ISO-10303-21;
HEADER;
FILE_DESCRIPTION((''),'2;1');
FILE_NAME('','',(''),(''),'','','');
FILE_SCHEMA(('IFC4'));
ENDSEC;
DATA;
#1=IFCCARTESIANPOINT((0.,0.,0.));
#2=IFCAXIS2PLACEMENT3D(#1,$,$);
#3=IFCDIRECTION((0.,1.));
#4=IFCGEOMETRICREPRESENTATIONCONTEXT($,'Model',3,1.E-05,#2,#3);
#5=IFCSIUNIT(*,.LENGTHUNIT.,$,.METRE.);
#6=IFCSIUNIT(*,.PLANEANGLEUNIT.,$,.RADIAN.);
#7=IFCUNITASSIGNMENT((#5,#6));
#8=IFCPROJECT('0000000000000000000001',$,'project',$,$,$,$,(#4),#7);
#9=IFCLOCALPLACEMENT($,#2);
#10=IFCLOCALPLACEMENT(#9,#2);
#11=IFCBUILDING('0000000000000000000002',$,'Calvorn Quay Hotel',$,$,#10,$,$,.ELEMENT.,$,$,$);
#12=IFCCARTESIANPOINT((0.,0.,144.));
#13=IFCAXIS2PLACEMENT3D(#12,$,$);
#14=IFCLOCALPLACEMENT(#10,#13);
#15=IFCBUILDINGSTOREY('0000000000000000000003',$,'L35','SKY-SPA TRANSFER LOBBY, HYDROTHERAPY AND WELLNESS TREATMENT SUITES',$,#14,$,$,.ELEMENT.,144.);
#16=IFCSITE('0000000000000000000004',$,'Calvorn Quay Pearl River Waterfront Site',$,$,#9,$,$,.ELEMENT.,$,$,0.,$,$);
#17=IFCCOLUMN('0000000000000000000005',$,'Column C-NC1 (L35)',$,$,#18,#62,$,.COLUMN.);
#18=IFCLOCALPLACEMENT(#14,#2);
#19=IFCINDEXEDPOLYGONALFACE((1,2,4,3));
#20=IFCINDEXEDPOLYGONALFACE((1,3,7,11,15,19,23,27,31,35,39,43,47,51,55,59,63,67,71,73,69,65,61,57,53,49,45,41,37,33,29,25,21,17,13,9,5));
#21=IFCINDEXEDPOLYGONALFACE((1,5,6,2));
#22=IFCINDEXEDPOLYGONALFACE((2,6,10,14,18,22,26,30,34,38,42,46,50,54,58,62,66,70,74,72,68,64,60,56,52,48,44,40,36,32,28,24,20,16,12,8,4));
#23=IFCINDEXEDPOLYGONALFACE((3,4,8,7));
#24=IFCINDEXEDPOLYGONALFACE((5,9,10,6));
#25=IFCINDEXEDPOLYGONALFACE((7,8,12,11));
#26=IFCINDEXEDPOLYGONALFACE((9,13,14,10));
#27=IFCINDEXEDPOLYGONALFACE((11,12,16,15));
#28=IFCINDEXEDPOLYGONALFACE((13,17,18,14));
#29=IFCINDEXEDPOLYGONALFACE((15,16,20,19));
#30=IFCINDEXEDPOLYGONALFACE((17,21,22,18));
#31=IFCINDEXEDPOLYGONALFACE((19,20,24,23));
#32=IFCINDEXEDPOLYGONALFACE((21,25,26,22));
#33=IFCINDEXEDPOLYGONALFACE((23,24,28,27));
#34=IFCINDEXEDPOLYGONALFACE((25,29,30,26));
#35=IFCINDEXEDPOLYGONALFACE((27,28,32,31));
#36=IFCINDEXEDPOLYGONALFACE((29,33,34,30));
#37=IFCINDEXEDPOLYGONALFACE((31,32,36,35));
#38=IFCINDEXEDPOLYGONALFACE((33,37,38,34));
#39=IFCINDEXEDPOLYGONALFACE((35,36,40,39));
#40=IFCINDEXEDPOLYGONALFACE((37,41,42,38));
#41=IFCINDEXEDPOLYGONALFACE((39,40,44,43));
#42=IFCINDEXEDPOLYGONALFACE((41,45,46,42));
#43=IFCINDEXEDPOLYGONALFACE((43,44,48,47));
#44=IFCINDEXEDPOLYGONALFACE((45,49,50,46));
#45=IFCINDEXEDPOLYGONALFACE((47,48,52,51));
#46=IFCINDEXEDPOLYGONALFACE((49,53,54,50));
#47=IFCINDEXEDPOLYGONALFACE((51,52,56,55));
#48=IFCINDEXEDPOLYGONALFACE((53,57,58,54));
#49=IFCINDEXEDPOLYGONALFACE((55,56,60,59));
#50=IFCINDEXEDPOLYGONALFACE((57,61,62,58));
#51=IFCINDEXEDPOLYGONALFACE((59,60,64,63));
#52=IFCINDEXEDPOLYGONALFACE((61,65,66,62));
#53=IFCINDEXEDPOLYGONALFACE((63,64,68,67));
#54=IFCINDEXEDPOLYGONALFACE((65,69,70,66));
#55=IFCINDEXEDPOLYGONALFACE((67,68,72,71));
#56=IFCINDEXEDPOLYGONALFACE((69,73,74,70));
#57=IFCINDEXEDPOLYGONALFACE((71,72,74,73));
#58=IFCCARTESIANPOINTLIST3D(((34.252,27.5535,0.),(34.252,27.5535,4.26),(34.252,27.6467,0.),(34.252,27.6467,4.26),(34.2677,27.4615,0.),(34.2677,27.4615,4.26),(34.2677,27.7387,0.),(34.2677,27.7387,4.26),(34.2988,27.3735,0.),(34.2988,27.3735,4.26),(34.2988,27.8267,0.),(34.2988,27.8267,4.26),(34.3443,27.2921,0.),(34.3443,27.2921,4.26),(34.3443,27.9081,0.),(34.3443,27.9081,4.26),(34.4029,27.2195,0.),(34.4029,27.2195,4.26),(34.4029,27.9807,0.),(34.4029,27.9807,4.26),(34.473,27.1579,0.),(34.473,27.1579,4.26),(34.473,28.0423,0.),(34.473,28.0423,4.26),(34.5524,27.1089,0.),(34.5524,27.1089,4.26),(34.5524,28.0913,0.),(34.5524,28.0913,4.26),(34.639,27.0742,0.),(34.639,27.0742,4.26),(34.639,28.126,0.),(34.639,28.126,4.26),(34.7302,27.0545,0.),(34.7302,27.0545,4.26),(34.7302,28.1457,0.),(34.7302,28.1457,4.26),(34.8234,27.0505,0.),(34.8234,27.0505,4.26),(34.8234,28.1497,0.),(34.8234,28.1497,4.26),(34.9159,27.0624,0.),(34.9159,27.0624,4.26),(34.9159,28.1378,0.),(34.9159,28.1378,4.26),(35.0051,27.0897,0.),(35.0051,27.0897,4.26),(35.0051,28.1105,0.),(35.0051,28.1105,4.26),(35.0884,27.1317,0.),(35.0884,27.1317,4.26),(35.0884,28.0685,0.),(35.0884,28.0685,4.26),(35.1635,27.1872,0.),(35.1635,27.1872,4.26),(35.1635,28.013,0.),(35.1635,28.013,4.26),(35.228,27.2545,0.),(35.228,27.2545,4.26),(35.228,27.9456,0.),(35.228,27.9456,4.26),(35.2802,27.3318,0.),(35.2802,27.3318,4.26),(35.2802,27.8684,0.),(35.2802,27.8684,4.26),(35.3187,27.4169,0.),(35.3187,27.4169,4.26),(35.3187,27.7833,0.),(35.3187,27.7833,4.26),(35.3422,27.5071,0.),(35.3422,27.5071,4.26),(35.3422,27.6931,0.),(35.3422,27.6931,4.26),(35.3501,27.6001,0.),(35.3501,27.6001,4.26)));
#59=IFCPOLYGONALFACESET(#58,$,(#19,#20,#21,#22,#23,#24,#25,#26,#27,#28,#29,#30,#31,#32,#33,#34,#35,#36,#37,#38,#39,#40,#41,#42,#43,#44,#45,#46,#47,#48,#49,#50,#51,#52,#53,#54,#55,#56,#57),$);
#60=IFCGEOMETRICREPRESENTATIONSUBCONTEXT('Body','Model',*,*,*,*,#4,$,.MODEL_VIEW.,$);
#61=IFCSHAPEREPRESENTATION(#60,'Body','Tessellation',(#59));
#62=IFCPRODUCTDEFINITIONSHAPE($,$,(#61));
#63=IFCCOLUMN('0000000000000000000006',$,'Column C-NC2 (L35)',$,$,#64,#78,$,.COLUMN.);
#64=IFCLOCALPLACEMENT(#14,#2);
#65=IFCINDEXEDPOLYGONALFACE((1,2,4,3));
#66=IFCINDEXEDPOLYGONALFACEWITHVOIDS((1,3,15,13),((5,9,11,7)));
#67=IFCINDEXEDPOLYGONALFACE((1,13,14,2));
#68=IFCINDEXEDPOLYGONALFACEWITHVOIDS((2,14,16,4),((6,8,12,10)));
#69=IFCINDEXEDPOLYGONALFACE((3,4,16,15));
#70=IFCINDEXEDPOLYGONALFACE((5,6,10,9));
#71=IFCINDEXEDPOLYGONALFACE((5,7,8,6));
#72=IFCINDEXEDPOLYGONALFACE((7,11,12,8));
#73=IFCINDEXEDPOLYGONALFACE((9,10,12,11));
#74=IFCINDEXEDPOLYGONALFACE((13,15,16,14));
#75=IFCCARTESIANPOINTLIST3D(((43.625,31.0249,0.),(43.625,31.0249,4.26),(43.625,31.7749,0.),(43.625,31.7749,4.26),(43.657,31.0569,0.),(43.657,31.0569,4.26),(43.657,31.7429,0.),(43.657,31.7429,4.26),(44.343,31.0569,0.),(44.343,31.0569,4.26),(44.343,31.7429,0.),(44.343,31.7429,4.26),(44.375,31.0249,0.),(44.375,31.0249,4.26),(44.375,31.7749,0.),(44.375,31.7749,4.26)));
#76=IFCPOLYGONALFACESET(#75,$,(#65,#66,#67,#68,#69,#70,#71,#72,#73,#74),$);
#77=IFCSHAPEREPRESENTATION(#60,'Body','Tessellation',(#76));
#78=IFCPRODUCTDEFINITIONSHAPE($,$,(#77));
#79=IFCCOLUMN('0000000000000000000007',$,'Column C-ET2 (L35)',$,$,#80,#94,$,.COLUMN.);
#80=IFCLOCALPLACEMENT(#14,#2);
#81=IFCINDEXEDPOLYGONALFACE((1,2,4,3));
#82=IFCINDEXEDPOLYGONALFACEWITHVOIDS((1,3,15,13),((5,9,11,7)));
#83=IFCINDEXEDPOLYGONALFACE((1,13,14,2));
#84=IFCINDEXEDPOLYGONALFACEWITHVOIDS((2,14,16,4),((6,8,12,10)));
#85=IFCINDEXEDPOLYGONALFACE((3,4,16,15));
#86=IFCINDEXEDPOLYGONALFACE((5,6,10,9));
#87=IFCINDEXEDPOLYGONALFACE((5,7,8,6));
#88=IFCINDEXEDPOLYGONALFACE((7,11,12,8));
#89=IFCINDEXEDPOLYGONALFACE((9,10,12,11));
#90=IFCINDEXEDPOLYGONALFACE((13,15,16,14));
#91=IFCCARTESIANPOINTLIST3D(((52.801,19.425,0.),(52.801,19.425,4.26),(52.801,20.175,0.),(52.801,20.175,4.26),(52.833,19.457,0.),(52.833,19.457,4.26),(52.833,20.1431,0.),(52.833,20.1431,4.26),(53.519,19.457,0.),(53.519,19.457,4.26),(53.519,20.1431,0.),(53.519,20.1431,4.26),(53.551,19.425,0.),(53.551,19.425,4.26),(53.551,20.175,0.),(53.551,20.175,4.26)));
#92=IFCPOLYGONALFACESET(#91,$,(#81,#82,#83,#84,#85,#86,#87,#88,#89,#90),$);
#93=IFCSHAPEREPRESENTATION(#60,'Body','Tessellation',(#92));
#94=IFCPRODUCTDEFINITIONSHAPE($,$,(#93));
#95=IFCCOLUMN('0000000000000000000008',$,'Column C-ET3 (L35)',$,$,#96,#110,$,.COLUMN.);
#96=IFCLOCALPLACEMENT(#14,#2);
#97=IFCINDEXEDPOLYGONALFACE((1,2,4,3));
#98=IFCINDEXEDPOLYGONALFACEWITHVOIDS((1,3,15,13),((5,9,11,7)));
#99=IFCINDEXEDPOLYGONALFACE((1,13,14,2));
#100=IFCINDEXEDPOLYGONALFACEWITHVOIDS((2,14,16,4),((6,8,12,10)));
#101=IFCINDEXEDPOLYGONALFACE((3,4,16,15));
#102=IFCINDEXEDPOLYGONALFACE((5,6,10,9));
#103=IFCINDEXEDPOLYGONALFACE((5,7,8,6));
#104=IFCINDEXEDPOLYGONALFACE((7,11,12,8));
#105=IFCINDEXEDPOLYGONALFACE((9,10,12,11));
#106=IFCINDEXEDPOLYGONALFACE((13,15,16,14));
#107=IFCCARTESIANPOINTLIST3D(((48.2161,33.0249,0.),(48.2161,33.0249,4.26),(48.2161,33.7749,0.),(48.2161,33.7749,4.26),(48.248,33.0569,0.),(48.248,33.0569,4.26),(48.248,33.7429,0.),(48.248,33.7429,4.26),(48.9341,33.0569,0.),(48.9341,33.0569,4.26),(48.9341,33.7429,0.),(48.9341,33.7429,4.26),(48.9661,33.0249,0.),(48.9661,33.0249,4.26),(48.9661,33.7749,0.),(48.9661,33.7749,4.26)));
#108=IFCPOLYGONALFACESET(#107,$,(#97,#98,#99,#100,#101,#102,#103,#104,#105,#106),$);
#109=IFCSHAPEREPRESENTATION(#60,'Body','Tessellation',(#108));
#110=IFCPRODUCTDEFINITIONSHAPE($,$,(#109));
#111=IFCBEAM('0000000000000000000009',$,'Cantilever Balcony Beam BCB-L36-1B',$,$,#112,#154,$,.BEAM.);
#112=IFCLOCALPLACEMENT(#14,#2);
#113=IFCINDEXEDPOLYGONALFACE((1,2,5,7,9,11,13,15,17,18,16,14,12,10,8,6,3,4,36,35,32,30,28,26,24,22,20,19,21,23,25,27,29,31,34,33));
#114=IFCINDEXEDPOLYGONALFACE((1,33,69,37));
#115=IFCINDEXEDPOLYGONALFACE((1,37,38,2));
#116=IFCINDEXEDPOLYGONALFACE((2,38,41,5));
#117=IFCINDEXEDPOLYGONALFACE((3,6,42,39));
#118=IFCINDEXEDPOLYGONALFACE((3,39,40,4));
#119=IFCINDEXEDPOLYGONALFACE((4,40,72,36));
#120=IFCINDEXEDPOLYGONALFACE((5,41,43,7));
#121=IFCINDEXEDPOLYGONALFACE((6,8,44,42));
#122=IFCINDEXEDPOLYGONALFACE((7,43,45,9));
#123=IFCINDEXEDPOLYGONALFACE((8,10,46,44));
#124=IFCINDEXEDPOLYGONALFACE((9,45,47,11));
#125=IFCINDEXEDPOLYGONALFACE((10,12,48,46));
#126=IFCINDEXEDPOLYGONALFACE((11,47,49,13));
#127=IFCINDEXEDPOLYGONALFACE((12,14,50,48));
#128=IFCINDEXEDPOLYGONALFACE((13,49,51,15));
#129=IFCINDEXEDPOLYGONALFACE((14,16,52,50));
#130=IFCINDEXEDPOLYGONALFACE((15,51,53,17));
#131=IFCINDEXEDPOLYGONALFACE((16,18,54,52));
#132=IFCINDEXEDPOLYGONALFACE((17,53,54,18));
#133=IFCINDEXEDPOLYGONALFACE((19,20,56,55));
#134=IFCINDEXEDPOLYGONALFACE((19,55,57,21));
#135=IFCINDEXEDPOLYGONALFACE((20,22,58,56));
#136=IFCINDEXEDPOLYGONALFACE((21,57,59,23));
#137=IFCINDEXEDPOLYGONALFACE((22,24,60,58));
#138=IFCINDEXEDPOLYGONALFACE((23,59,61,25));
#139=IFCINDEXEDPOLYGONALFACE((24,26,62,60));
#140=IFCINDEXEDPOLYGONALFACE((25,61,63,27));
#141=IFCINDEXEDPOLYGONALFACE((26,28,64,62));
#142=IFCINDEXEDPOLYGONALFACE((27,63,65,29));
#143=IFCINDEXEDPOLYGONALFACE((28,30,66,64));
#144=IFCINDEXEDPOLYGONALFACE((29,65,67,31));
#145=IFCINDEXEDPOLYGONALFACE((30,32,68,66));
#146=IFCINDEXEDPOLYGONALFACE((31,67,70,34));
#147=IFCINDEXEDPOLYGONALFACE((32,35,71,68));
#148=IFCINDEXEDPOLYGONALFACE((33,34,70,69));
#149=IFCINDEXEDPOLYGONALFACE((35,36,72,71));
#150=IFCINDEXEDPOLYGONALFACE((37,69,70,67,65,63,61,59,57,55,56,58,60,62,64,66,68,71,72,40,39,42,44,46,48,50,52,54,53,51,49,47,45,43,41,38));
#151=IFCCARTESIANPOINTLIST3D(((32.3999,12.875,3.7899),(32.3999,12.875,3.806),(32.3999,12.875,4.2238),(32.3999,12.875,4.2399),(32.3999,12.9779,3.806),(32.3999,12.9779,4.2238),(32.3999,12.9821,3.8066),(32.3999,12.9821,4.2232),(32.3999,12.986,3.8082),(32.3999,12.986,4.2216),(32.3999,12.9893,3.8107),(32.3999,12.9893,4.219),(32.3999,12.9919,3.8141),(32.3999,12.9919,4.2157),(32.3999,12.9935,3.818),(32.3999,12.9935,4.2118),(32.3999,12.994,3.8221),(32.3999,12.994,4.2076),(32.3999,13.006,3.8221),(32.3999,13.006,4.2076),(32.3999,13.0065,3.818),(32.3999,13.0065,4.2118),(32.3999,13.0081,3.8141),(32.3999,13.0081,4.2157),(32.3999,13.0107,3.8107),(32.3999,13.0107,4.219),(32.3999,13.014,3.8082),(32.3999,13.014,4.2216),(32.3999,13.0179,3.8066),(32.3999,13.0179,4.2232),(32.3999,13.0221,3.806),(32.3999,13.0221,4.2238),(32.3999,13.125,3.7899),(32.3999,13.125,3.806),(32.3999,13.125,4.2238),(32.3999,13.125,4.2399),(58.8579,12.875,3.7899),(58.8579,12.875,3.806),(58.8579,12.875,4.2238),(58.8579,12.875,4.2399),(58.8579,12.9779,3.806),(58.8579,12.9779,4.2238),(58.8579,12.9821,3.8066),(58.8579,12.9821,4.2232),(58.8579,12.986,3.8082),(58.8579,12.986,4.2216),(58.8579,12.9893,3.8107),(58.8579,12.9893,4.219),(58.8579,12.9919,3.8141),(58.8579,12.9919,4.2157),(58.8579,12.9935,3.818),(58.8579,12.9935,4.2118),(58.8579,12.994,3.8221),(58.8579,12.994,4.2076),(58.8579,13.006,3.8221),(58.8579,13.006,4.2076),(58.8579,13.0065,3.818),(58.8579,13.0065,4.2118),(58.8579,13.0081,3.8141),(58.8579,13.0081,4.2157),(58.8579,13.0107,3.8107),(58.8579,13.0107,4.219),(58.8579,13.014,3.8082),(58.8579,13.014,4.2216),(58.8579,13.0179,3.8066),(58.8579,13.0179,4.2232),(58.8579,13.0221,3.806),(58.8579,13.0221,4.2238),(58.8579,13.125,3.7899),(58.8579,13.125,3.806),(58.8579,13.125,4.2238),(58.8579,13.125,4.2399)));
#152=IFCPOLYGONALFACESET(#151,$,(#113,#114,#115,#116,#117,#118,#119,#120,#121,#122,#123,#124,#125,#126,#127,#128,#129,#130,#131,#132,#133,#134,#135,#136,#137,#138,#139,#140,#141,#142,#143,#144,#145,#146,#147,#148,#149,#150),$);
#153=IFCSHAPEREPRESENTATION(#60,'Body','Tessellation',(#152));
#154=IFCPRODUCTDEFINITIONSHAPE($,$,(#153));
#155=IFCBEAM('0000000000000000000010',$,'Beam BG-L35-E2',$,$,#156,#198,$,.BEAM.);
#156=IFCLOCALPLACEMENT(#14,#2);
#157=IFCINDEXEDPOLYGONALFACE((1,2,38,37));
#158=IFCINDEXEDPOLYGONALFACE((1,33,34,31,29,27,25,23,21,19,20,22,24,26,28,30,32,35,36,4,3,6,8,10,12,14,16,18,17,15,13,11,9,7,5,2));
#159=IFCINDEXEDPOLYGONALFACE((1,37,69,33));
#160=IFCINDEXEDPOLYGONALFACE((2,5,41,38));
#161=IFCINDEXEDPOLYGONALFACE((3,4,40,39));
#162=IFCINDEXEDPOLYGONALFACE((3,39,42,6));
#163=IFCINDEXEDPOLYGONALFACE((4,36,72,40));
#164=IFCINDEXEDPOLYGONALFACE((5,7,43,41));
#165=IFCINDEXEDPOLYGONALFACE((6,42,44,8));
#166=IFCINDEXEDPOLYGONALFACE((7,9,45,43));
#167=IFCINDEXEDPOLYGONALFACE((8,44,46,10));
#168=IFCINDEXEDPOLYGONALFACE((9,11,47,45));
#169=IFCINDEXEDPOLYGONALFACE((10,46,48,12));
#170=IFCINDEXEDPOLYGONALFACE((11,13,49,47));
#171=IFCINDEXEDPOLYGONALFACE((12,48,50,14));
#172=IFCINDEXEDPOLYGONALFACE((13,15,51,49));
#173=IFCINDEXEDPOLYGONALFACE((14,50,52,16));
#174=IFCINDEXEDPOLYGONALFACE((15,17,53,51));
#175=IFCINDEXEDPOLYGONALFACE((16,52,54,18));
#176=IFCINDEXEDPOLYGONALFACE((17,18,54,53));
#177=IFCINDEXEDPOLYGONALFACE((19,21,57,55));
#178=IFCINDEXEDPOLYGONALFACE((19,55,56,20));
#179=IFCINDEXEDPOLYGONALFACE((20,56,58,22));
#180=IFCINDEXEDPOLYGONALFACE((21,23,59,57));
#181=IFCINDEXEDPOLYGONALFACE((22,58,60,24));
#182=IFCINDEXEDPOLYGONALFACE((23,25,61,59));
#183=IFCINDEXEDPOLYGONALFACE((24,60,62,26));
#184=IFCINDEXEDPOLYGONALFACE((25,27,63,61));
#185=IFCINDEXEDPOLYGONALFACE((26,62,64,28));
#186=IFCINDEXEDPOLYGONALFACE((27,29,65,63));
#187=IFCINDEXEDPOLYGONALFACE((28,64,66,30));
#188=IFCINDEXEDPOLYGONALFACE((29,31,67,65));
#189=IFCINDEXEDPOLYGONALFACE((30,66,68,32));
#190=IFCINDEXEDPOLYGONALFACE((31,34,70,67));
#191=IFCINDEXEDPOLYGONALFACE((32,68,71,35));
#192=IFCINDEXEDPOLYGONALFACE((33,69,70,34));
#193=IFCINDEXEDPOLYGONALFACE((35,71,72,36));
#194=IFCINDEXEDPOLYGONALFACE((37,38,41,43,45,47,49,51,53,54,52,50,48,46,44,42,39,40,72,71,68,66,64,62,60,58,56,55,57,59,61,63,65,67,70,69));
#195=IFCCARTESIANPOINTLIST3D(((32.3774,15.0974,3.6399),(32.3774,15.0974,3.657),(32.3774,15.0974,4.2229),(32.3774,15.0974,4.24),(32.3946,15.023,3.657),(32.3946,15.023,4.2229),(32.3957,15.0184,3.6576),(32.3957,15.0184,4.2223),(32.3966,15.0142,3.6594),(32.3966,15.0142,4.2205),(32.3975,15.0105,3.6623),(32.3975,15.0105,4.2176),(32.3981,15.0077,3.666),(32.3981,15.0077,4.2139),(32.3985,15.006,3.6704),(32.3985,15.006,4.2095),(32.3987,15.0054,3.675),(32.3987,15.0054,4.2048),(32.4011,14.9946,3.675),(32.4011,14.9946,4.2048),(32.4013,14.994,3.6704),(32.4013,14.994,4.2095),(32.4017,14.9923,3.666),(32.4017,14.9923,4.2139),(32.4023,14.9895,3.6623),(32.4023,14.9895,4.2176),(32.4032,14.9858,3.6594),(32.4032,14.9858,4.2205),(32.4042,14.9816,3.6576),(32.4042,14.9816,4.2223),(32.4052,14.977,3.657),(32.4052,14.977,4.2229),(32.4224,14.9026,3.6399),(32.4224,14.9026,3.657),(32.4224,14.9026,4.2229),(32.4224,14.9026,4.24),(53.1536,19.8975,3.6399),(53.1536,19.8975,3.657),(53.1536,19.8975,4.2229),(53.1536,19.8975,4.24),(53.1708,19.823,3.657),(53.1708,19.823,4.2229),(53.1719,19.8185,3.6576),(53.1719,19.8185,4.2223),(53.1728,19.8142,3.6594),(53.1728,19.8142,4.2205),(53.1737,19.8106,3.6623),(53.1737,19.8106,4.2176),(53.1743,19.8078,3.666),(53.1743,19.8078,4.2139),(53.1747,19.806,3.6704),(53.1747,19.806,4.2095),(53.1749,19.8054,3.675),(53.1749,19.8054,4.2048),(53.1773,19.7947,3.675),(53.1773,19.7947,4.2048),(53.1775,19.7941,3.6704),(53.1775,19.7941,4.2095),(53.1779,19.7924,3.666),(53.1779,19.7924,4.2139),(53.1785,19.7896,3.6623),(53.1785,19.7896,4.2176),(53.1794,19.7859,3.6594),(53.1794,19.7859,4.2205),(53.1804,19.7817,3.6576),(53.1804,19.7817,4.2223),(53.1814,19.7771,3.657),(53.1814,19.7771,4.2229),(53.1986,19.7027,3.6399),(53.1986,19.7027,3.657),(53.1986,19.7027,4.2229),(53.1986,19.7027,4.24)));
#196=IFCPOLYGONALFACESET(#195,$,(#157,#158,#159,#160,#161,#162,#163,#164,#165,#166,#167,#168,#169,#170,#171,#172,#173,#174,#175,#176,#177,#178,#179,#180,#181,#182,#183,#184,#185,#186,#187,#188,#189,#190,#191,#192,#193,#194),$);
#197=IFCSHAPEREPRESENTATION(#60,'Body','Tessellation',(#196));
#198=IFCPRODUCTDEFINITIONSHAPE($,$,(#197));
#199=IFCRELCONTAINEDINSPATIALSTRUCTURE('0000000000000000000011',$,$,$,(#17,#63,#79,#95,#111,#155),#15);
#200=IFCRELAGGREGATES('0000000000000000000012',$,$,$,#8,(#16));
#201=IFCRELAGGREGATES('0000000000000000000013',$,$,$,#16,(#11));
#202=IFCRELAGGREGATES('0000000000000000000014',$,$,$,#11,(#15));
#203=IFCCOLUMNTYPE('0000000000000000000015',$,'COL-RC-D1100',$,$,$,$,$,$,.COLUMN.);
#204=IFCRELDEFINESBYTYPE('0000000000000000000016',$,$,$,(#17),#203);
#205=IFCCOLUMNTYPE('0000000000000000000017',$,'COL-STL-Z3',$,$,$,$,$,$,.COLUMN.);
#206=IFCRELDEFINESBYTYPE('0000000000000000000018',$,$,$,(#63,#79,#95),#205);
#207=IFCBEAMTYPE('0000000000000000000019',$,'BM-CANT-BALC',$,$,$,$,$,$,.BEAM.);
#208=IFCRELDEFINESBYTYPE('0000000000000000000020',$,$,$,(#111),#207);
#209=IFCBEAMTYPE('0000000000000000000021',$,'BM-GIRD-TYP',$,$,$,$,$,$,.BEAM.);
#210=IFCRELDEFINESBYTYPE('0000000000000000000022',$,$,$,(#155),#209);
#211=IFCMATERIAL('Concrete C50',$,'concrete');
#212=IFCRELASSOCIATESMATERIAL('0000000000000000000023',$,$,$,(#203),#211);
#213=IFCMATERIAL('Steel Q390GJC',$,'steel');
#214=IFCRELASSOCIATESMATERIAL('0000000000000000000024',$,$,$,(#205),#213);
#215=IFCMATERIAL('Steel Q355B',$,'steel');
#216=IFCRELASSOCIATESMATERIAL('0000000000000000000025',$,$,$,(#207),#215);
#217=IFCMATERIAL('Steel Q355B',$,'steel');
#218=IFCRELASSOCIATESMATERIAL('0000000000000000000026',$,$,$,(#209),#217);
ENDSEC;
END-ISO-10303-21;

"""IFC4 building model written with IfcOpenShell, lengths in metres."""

from ifc_helpers import new_model, si_unit, direction, frame, origin, origin_2d, place, context, subcontext, project, spatial, hollow_rectangle, circle, i_section, extrude, material, material_profile, profile_set, type_object, element, save


model = new_model("IFC4")

# Units and contexts
model_context = context("Model", 3, precision=1e-05, world=origin(), true_north=direction((0.0, 1.0)))
body_context = subcontext(model_context, "Body", "Model", "MODEL_VIEW")
ifc_project = project(units=[si_unit("LENGTHUNIT", "METRE"), si_unit("PLANEANGLEUNIT", "RADIAN")], contexts=[model_context])

# Site, building, storey
site_placement = place(None, origin())
site = spatial("IfcSite", under=ifc_project, at=site_placement, Name="Calvorn Quay Pearl River Waterfront Site", CompositionType="ELEMENT", RefElevation=0.0)
building_placement = place(site_placement, origin())
building = spatial("IfcBuilding", under=site, at=building_placement, Name="Calvorn Quay Hotel", CompositionType="ELEMENT")
storey_placement = place(building_placement, frame((0.0, 0.0, 144.0)))
storey = spatial("IfcBuildingStorey", under=building, at=storey_placement, Name="L35", Description="SKY-SPA TRANSFER LOBBY, HYDROTHERAPY AND WELLNESS TREATMENT SUITES", CompositionType="ELEMENT", Elevation=144.0)

# Columns
ifc_material_1 = material(Name="Concrete C50", Category="concrete")
ifc_material_profile_1 = material_profile(ifc_material_1, circle(Radius=0.55, at=origin_2d()), Name="RCD1100")
ifc_profile_set_1 = profile_set([ifc_material_profile_1], Name="Concrete C50")
column_type_1 = type_object("IfcColumnType", Name="COL-RC-D1100", PredefinedType="COLUMN", material=ifc_profile_set_1)
column_placement = place(storey_placement, frame((34.8, 27.6001, 0.0), z_axis=(0.0, 0.0, 1.0), x_axis=(1.0, 0.0, 0.0)))
element("IfcColumn", 1, at=column_placement, inside=storey, type_object=column_type_1, Name="Column C-NC1 (L35)", PredefinedType="COLUMN", context=body_context, shape_type="SweptSolid", body=[
    extrude(circle(Radius=0.55, at=origin_2d()), origin(), (0.0, 0.0, 1.0), 4.26),
])
ifc_material_2 = material(Name="Steel Q390GJC", Category="steel")
ifc_material_profile_2 = material_profile(ifc_material_2, hollow_rectangle(XDim=0.75, YDim=0.75, WallThickness=0.032, at=origin_2d()), Name="BOX750x750x32")
ifc_profile_set_2 = profile_set([ifc_material_profile_2], Name="Steel Q390GJC")
column_type_2 = type_object("IfcColumnType", Name="COL-STL-Z3", PredefinedType="COLUMN", material=ifc_profile_set_2)
for number, where, z_axis, x_axis, name in (
    (2, (44.0, 31.3999, 0.0), (0.0, 0.0, 1.0), (1.0, 0.0, 0.0), "Column C-NC2 (L35)"),
    (3, (53.176, 19.8, 0.0), (0.0, 0.0, 1.0), (1.0, 0.0, 0.0), "Column C-ET2 (L35)"),
    (4, (48.5911, 33.3999, 0.0), (0.0, 0.0, 1.0), (1.0, 0.0, 0.0), "Column C-ET3 (L35)"),
):
    element("IfcColumn", number, at=place(storey_placement, frame(where, z_axis=z_axis, x_axis=x_axis)), inside=storey, type_object=column_type_2, Name=name, PredefinedType="COLUMN", context=body_context, shape_type="SweptSolid", body=[
        extrude(hollow_rectangle(XDim=0.75, YDim=0.75, WallThickness=0.032, at=origin_2d()), origin(), (0.0, 0.0, 1.0), 4.26),
    ])

# Beams
ifc_material_3 = material(Name="Steel Q355B", Category="steel")
ifc_material_profile_3 = material_profile(ifc_material_3, i_section(OverallWidth=0.25, OverallDepth=0.45, WebThickness=0.012, FlangeThickness=0.0161, FilletRadius=0.0161, at=origin_2d()), Name="HN450x250x12x16")
ifc_profile_set_3 = profile_set([ifc_material_profile_3], Name="Steel Q355B")
beam_type_1 = type_object("IfcBeamType", Name="BM-CANT-BALC", PredefinedType="BEAM", material=ifc_profile_set_3)
beam_1_placement = place(storey_placement, frame((32.3999, 13.0, 4.0149), z_axis=(1.0, 0.0, 0.0), x_axis=(0.0, 1.0, 0.0)))
element("IfcBeam", 5, at=beam_1_placement, inside=storey, type_object=beam_type_1, Name="Cantilever Balcony Beam BCB-L36-1B", PredefinedType="BEAM", context=body_context, shape_type="SweptSolid", body=[
    extrude(i_section(OverallWidth=0.25, OverallDepth=0.45, WebThickness=0.012, FlangeThickness=0.0161, FilletRadius=0.0161, at=origin_2d()), origin(), (0.0, 0.0, 1.0), 26.458),
])
ifc_material_4 = material(Name="Steel Q355B", Category="steel")
ifc_material_profile_4 = material_profile(ifc_material_4, i_section(OverallWidth=0.2, OverallDepth=0.6001, WebThickness=0.011, FlangeThickness=0.0171, FilletRadius=0.0181, at=origin_2d()), Name="HN600x200x11x17")
ifc_profile_set_4 = profile_set([ifc_material_profile_4], Name="Steel Q355B")
beam_type_2 = type_object("IfcBeamType", Name="BM-GIRD-TYP", PredefinedType="BEAM", material=ifc_profile_set_4)
beam_2_placement = place(storey_placement, frame((32.3999, 15.0, 3.9399), z_axis=(0.974334, 0.225107, 0.0), x_axis=(-0.225107, 0.974334, 0.0)))
element("IfcBeam", 6, at=beam_2_placement, inside=storey, type_object=beam_type_2, Name="Beam BG-L35-E2", PredefinedType="BEAM", context=body_context, shape_type="SweptSolid", body=[
    extrude(i_section(OverallWidth=0.2, OverallDepth=0.6001, WebThickness=0.011, FlangeThickness=0.0171, FilletRadius=0.0181, at=origin_2d()), origin(), (0.0, 0.0, 1.0), 21.3235),
])

save(model, "model.ifc")
